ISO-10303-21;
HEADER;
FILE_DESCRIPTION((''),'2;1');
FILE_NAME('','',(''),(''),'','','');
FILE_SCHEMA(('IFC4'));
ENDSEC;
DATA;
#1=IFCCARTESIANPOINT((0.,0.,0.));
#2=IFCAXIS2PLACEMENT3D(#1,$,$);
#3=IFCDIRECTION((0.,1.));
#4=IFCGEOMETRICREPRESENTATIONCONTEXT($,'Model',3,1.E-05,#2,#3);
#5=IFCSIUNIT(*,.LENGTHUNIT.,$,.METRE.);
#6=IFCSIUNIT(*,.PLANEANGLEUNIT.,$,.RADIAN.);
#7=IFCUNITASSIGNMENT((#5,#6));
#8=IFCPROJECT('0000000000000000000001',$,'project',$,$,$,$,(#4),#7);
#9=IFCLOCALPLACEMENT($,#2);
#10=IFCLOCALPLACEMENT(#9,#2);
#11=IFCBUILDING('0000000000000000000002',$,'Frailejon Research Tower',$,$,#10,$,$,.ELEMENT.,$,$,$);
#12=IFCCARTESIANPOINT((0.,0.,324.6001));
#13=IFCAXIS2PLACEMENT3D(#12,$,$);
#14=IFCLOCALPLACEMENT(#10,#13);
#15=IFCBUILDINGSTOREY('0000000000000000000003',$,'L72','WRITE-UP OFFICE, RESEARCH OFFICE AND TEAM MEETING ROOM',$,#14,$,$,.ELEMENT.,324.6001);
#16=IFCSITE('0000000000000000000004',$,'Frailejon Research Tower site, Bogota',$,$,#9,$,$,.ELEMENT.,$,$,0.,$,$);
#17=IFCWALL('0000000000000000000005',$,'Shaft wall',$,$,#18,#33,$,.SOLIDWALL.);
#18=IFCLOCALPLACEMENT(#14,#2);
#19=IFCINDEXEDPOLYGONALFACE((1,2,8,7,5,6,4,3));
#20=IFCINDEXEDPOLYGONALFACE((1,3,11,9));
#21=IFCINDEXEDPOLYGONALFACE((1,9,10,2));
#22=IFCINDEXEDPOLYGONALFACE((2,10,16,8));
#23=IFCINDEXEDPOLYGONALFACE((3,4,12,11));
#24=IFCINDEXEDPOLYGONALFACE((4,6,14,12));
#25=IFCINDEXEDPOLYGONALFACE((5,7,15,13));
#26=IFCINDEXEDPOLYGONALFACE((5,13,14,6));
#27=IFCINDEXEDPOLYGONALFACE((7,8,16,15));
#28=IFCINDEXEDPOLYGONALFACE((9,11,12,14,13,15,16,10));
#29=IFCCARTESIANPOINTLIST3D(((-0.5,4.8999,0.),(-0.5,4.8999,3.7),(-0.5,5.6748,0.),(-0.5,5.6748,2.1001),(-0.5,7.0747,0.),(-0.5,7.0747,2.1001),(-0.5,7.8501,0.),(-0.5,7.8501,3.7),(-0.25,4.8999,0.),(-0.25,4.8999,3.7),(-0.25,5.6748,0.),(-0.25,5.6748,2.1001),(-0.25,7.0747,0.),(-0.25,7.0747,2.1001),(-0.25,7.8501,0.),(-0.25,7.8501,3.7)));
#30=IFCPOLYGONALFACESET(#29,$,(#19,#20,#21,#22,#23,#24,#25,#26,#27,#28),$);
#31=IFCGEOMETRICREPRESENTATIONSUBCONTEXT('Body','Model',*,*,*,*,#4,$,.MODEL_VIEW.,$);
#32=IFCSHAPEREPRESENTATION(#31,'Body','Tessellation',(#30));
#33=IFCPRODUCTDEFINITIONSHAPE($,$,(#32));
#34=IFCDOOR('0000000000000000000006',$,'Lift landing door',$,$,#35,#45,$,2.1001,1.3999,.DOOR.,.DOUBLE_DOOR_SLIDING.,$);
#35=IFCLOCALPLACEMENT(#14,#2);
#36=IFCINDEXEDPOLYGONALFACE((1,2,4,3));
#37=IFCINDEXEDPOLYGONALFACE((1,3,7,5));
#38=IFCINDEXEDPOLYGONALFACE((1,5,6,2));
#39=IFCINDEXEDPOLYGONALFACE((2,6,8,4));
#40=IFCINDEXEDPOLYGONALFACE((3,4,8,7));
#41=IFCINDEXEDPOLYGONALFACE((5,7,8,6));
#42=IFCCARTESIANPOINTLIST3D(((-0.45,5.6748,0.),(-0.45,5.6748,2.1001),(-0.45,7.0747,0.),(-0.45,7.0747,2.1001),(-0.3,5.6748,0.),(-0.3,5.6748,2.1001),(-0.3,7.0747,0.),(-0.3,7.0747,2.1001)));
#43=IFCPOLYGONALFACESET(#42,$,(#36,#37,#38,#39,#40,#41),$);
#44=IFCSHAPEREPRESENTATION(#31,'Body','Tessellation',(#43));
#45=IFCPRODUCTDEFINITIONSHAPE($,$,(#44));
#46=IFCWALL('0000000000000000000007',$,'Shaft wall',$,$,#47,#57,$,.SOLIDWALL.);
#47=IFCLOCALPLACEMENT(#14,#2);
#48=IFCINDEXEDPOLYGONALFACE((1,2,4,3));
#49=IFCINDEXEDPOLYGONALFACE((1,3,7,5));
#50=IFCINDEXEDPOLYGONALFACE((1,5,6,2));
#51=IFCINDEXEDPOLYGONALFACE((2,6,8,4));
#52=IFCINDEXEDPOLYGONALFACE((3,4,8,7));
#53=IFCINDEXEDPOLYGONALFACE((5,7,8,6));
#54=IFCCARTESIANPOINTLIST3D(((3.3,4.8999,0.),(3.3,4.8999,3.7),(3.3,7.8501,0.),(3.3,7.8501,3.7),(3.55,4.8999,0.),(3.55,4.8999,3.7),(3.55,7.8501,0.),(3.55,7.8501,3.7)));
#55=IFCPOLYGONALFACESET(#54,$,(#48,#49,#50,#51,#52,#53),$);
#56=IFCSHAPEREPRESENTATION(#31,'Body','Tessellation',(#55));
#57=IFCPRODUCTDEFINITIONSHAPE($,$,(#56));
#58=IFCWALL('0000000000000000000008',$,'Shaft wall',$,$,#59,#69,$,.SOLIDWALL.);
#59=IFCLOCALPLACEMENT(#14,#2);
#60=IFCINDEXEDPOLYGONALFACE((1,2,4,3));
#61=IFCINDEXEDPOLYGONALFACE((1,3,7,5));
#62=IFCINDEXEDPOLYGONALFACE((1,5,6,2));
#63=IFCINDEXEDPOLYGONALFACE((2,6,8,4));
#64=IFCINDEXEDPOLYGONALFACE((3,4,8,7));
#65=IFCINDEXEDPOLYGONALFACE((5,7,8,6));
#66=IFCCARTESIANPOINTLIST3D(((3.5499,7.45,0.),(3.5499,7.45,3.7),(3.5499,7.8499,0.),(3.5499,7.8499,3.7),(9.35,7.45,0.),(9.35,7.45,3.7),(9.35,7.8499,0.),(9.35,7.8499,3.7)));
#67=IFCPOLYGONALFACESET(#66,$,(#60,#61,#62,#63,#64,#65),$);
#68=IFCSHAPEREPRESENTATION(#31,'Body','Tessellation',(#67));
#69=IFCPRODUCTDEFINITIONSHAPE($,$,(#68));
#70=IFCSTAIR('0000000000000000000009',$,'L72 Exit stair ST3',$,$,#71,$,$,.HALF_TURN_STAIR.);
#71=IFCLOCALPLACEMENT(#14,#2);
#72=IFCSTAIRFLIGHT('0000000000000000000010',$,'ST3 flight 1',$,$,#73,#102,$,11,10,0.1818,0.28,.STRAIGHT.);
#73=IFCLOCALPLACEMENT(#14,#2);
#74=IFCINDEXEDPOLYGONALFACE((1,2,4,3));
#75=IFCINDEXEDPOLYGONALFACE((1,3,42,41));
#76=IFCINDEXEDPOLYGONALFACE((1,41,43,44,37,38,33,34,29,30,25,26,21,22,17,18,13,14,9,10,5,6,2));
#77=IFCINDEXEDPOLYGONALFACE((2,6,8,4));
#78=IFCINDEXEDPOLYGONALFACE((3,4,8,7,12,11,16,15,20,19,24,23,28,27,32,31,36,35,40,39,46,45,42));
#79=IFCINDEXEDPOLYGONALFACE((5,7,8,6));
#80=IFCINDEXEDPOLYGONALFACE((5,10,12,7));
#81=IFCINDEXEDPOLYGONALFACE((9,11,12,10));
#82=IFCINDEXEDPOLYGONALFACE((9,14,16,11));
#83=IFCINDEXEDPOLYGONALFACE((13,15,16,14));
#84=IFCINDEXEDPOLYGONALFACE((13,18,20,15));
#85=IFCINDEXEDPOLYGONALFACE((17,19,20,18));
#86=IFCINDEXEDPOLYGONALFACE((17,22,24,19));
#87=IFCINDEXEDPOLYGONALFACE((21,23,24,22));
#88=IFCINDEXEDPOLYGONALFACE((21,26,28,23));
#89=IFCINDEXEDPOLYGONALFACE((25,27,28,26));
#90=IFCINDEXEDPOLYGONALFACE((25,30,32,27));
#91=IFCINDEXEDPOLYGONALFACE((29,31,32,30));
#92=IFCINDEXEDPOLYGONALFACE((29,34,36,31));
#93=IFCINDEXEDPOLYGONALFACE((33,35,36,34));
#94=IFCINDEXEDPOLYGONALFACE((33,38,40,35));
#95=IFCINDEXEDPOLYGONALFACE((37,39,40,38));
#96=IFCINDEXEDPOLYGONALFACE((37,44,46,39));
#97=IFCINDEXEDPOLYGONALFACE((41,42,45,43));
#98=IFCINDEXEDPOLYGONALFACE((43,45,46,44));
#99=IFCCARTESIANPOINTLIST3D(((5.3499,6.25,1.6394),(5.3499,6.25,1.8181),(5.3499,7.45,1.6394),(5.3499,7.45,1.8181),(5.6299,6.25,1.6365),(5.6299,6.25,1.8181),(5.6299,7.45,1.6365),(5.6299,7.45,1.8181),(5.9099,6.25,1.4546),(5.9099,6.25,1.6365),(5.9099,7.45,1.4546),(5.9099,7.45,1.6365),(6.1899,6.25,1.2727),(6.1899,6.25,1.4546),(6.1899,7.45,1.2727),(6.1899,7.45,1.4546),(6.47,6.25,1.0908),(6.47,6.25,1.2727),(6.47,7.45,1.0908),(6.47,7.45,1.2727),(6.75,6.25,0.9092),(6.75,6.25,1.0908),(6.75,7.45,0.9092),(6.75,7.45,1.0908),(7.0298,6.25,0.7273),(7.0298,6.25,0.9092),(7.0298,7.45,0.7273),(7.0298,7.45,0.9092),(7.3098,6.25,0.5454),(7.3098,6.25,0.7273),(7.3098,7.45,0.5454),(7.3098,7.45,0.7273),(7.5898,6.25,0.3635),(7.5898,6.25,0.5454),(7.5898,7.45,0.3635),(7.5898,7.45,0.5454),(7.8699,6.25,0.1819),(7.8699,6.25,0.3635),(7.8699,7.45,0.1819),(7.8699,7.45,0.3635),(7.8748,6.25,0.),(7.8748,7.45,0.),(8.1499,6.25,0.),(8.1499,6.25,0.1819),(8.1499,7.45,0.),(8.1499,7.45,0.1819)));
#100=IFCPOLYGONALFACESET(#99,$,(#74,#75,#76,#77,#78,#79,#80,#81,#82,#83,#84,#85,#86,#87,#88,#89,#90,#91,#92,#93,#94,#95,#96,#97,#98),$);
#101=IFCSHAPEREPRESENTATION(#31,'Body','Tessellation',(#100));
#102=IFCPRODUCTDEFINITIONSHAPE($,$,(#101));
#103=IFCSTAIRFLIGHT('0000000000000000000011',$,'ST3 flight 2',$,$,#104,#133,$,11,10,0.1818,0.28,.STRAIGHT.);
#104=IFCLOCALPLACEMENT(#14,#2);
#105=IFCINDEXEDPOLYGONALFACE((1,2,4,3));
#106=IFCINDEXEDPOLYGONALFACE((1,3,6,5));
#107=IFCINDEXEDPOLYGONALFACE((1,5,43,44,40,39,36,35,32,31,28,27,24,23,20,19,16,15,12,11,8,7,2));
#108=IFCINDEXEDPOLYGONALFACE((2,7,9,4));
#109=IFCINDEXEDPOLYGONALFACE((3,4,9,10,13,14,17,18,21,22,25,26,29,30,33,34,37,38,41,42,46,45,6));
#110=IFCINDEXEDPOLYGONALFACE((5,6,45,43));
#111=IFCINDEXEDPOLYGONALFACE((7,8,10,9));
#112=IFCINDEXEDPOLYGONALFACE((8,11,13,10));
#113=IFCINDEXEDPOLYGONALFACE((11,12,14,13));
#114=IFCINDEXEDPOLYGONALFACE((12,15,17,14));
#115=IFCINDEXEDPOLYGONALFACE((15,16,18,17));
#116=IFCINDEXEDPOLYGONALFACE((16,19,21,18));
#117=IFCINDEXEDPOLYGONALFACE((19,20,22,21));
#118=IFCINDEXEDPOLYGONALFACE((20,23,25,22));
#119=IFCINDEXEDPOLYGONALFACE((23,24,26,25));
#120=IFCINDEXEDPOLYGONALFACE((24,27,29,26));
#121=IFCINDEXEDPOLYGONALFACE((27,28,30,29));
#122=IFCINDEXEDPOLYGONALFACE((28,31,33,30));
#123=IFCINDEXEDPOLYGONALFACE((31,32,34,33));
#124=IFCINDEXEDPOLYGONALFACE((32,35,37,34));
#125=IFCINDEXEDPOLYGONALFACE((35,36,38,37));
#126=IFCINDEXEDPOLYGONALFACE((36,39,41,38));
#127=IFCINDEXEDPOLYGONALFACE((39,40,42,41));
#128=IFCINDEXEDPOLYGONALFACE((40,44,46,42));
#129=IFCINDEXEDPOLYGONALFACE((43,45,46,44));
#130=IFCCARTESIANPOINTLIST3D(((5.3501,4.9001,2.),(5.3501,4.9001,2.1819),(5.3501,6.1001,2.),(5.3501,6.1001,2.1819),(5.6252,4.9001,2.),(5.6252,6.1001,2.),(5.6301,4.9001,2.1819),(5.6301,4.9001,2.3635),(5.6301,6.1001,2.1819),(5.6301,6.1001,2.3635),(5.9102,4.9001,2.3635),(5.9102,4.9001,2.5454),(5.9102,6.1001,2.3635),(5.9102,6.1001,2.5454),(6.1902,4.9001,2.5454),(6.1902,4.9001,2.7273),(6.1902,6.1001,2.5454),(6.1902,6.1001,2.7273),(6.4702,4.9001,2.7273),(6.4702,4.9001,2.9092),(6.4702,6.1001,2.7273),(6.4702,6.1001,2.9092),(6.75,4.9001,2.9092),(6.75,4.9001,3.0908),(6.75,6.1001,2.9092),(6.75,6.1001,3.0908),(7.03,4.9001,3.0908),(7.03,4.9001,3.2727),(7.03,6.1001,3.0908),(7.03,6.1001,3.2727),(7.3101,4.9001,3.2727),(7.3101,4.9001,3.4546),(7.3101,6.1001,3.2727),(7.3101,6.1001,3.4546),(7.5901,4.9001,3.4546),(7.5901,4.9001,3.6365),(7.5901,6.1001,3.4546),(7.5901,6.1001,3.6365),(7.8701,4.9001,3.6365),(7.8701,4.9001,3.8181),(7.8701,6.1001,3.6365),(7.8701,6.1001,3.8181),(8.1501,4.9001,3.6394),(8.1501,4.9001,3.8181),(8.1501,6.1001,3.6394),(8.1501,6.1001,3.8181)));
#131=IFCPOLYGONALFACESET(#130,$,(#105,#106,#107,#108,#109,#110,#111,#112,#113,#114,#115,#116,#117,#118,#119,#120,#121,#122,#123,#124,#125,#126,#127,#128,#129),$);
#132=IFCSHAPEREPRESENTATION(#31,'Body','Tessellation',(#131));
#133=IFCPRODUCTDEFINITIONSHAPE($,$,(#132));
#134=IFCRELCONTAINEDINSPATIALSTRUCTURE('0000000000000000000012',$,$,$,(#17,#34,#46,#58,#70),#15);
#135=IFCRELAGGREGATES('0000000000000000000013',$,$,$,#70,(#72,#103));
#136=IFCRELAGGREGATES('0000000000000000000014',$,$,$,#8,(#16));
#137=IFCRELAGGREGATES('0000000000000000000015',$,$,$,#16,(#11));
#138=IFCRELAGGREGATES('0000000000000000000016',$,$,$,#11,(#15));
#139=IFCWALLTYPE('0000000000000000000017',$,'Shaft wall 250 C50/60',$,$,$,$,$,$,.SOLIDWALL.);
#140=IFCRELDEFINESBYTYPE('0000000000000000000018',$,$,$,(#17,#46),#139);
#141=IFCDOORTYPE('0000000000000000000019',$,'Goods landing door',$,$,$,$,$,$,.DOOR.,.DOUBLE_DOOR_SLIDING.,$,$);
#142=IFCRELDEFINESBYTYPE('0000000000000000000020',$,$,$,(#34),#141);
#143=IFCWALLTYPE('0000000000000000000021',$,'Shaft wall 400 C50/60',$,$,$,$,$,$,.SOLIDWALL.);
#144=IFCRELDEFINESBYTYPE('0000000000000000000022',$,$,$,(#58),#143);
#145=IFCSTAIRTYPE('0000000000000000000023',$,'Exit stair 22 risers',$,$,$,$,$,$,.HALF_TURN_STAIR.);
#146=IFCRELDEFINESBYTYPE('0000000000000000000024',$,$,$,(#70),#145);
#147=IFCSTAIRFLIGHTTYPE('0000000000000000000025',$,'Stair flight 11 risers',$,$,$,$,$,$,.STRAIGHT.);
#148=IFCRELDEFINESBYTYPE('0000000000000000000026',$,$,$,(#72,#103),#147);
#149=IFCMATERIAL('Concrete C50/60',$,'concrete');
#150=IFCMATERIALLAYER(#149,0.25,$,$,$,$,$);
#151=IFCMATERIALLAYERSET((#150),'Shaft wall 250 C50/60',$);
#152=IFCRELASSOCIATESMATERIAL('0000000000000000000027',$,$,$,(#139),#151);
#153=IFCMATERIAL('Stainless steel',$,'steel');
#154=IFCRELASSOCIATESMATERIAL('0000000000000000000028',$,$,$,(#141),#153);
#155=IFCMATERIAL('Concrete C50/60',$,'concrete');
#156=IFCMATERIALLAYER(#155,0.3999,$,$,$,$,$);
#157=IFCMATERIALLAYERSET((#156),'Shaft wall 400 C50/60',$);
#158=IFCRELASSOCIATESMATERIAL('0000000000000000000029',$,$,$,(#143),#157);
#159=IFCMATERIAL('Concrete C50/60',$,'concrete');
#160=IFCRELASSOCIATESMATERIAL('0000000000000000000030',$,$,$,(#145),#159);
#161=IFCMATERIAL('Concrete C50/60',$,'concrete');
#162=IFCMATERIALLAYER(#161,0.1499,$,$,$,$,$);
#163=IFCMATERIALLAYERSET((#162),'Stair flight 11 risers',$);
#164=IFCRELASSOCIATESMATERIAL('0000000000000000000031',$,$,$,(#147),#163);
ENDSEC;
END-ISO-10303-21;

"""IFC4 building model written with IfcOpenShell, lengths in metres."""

from ifc_helpers import new_model, si_unit, direction, frame, frame_2d, origin, place, context, subcontext, project, spatial, polyline, rectangle, outline, extrude, material, layer, layer_set, type_object, element, fill, aggregate, save


model = new_model("IFC4")

# Units and contexts
model_context = context("Model", 3, precision=1e-05, world=origin(), true_north=direction((0.0, 1.0)))
body_context = subcontext(model_context, "Body", "Model", "MODEL_VIEW")
ifc_project = project(units=[si_unit("LENGTHUNIT", "METRE"), si_unit("PLANEANGLEUNIT", "RADIAN")], contexts=[model_context])

# Site, building, storey
site_placement = place(None, origin())
site = spatial("IfcSite", under=ifc_project, at=site_placement, Name="Frailejon Research Tower site, Bogota", CompositionType="ELEMENT", RefElevation=0.0)
building_placement = place(site_placement, origin())
building = spatial("IfcBuilding", under=site, at=building_placement, Name="Frailejon Research Tower", CompositionType="ELEMENT")
storey_placement = place(building_placement, frame((0.0, 0.0, 324.6001)))
storey = spatial("IfcBuildingStorey", under=building, at=storey_placement, Name="L72", Description="WRITE-UP OFFICE, RESEARCH OFFICE AND TEAM MEETING ROOM", CompositionType="ELEMENT", Elevation=324.6001)

# Wall, opening, door
ifc_material_1 = material(Name="Concrete C50/60", Category="concrete")
ifc_layer_1 = layer(ifc_material_1, 0.25)
ifc_layer_set_1 = layer_set([ifc_layer_1], Name="Shaft wall 250 C50/60")
wall_type_1 = type_object("IfcWallType", Name="Shaft wall 250 C50/60", PredefinedType="SOLIDWALL", material=ifc_layer_set_1)
wall_1_placement = place(storey_placement, frame((-0.375, 4.8999, 0.0), z_axis=(0.0, 0.0, 1.0), x_axis=(0.0, 1.0, 0.0)))
wall_1 = element("IfcWall", 1, at=wall_1_placement, inside=storey, type_object=wall_type_1, Name="Shaft wall", PredefinedType="SOLIDWALL", context=body_context, shape_type="SweptSolid", body=[
    extrude(rectangle(XDim=2.9502, YDim=0.25, at=frame_2d((1.4751, 0.0))), origin(), (0.0, 0.0, 1.0), 3.7),
])
opening_1_placement = place(wall_1_placement, frame((0.7749, 0.0, 0.0)))
opening_1 = element("IfcOpeningElement", 2, at=opening_1_placement, cuts=wall_1, PredefinedType="OPENING", context=body_context, shape_type="SweptSolid", body=[
    extrude(rectangle(XDim=1.3999, YDim=2.1001, at=frame_2d((0.7, 1.05))), frame((0.0, 0.135, 0.0), z_axis=(0.0, -1.0, 0.0), x_axis=(1.0, 0.0, 0.0)), (0.0, 0.0, 1.0), 0.27),
])
ifc_material_2 = material(Name="Stainless steel", Category="steel")
door_type_1 = type_object("IfcDoorType", Name="Goods landing door", OperationType="DOUBLE_DOOR_SLIDING", PredefinedType="DOOR", material=ifc_material_2)
door_1_placement = place(opening_1_placement, origin())
door_1 = element("IfcDoor", 3, at=door_1_placement, inside=storey, type_object=door_type_1, Name="Lift landing door", OperationType="DOUBLE_DOOR_SLIDING", OverallHeight=2.1001, OverallWidth=1.3999, PredefinedType="DOOR", context=body_context, shape_type="SweptSolid", body=[
    extrude(rectangle(XDim=1.3999, YDim=2.1001, at=frame_2d((0.7, 1.05))), frame((0.0, 0.075, 0.0), z_axis=(0.0, -1.0, 0.0), x_axis=(1.0, 0.0, 0.0)), (0.0, 0.0, 1.0), 0.1499),
])
fill(opening_1, door_1)

# Walls
wall_2_placement = place(storey_placement, frame((3.425, 4.8999, 0.0), z_axis=(0.0, 0.0, 1.0), x_axis=(0.0, 1.0, 0.0)))
element("IfcWall", 4, at=wall_2_placement, inside=storey, type_object=wall_type_1, Name="Shaft wall", PredefinedType="SOLIDWALL", context=body_context, shape_type="SweptSolid", body=[
    extrude(rectangle(XDim=2.9502, YDim=0.25, at=frame_2d((1.4751, 0.0))), origin(), (0.0, 0.0, 1.0), 3.7),
])
ifc_material_3 = material(Name="Concrete C50/60", Category="concrete")
ifc_layer_2 = layer(ifc_material_3, 0.3999)
ifc_layer_set_2 = layer_set([ifc_layer_2], Name="Shaft wall 400 C50/60")
wall_type_2 = type_object("IfcWallType", Name="Shaft wall 400 C50/60", PredefinedType="SOLIDWALL", material=ifc_layer_set_2)
wall_3_placement = place(storey_placement, frame((3.55, 7.6499, 0.0), z_axis=(0.0, 0.0, 1.0), x_axis=(1.0, 0.0, 0.0)))
element("IfcWall", 5, at=wall_3_placement, inside=storey, type_object=wall_type_2, Name="Shaft wall", PredefinedType="SOLIDWALL", context=body_context, shape_type="SweptSolid", body=[
    extrude(rectangle(XDim=5.8, YDim=0.3999, at=frame_2d((2.8999, 0.0))), origin(), (0.0, 0.0, 1.0), 3.7),
])

# Stair, stair flights
ifc_material_4 = material(Name="Concrete C50/60", Category="concrete")
stair_type = type_object("IfcStairType", Name="Exit stair 22 risers", PredefinedType="HALF_TURN_STAIR", material=ifc_material_4)
stair_placement = place(storey_placement, origin())
stair = element("IfcStair", 6, at=stair_placement, inside=storey, type_object=stair_type, Name="L72 Exit stair ST3", PredefinedType="HALF_TURN_STAIR")
ifc_material_5 = material(Name="Concrete C50/60", Category="concrete")
ifc_layer_3 = layer(ifc_material_5, 0.1499)
ifc_layer_set_3 = layer_set([ifc_layer_3], Name="Stair flight 11 risers")
stair_flight_type = type_object("IfcStairFlightType", Name="Stair flight 11 risers", PredefinedType="STRAIGHT", material=ifc_layer_set_3)
stair_flight_1_placement = place(storey_placement, frame((8.1499, 6.8501, 0.0), z_axis=(0.0, 0.0, 1.0), x_axis=(-1.0, 0.0, 0.0)))
stair_flight_1 = element("IfcStairFlight", 7, at=stair_flight_1_placement, type_object=stair_flight_type, Name="ST3 flight 1", NumberOfRisers=11, NumberOfTreads=10, PredefinedType="STRAIGHT", RiserHeight=0.1818, TreadLength=0.28, context=body_context, shape_type="SweptSolid", body=[
    extrude(outline(polyline([(0.0, 0.0), (0.0, 0.1819), (0.28, 0.1819), (0.28, 0.3635), (0.5601, 0.3635), (0.5601, 0.5454), (0.8401, 0.5454), (0.8401, 0.7273), (1.1201, 0.7273), (1.1201, 0.9092), (1.3999, 0.9092), (1.3999, 1.0908), (1.6799, 1.0908), (1.6799, 1.2727), (1.96, 1.2727), (1.96, 1.4546), (2.24, 1.4546), (2.24, 1.6365), (2.52, 1.6365), (2.52, 1.8181), (2.8, 1.8181), (2.8, 2.0), (2.8, 1.6394), (0.2751, 0.0), (0.0, 0.0)])), frame((0.0, 0.6001, 0.0), z_axis=(0.0, -1.0, 0.0), x_axis=(1.0, 0.0, 0.0)), (0.0, 0.0, 1.0), 1.2),
])
stair_flight_2_placement = place(storey_placement, frame((5.3501, 5.5, 2.0), z_axis=(0.0, 0.0, 1.0), x_axis=(1.0, 0.0, 0.0)))
stair_flight_2 = element("IfcStairFlight", 8, at=stair_flight_2_placement, type_object=stair_flight_type, Name="ST3 flight 2", NumberOfRisers=11, NumberOfTreads=10, PredefinedType="STRAIGHT", RiserHeight=0.1818, TreadLength=0.28, context=body_context, shape_type="SweptSolid", body=[
    extrude(outline(polyline([(0.0, 0.0), (0.0, 0.1819), (0.28, 0.1819), (0.28, 0.3635), (0.5601, 0.3635), (0.5601, 0.5454), (0.8401, 0.5454), (0.8401, 0.7273), (1.1201, 0.7273), (1.1201, 0.9092), (1.3999, 0.9092), (1.3999, 1.0908), (1.6799, 1.0908), (1.6799, 1.2727), (1.96, 1.2727), (1.96, 1.4546), (2.24, 1.4546), (2.24, 1.6365), (2.52, 1.6365), (2.52, 1.8181), (2.8, 1.8181), (2.8, 2.0), (2.8, 1.6394), (0.2751, 0.0), (0.0, 0.0)])), frame((0.0, 0.6001, 0.0), z_axis=(0.0, -1.0, 0.0), x_axis=(1.0, 0.0, 0.0)), (0.0, 0.0, 1.0), 1.2),
])
aggregate(stair, [stair_flight_1, stair_flight_2])

save(model, "model.ifc")
